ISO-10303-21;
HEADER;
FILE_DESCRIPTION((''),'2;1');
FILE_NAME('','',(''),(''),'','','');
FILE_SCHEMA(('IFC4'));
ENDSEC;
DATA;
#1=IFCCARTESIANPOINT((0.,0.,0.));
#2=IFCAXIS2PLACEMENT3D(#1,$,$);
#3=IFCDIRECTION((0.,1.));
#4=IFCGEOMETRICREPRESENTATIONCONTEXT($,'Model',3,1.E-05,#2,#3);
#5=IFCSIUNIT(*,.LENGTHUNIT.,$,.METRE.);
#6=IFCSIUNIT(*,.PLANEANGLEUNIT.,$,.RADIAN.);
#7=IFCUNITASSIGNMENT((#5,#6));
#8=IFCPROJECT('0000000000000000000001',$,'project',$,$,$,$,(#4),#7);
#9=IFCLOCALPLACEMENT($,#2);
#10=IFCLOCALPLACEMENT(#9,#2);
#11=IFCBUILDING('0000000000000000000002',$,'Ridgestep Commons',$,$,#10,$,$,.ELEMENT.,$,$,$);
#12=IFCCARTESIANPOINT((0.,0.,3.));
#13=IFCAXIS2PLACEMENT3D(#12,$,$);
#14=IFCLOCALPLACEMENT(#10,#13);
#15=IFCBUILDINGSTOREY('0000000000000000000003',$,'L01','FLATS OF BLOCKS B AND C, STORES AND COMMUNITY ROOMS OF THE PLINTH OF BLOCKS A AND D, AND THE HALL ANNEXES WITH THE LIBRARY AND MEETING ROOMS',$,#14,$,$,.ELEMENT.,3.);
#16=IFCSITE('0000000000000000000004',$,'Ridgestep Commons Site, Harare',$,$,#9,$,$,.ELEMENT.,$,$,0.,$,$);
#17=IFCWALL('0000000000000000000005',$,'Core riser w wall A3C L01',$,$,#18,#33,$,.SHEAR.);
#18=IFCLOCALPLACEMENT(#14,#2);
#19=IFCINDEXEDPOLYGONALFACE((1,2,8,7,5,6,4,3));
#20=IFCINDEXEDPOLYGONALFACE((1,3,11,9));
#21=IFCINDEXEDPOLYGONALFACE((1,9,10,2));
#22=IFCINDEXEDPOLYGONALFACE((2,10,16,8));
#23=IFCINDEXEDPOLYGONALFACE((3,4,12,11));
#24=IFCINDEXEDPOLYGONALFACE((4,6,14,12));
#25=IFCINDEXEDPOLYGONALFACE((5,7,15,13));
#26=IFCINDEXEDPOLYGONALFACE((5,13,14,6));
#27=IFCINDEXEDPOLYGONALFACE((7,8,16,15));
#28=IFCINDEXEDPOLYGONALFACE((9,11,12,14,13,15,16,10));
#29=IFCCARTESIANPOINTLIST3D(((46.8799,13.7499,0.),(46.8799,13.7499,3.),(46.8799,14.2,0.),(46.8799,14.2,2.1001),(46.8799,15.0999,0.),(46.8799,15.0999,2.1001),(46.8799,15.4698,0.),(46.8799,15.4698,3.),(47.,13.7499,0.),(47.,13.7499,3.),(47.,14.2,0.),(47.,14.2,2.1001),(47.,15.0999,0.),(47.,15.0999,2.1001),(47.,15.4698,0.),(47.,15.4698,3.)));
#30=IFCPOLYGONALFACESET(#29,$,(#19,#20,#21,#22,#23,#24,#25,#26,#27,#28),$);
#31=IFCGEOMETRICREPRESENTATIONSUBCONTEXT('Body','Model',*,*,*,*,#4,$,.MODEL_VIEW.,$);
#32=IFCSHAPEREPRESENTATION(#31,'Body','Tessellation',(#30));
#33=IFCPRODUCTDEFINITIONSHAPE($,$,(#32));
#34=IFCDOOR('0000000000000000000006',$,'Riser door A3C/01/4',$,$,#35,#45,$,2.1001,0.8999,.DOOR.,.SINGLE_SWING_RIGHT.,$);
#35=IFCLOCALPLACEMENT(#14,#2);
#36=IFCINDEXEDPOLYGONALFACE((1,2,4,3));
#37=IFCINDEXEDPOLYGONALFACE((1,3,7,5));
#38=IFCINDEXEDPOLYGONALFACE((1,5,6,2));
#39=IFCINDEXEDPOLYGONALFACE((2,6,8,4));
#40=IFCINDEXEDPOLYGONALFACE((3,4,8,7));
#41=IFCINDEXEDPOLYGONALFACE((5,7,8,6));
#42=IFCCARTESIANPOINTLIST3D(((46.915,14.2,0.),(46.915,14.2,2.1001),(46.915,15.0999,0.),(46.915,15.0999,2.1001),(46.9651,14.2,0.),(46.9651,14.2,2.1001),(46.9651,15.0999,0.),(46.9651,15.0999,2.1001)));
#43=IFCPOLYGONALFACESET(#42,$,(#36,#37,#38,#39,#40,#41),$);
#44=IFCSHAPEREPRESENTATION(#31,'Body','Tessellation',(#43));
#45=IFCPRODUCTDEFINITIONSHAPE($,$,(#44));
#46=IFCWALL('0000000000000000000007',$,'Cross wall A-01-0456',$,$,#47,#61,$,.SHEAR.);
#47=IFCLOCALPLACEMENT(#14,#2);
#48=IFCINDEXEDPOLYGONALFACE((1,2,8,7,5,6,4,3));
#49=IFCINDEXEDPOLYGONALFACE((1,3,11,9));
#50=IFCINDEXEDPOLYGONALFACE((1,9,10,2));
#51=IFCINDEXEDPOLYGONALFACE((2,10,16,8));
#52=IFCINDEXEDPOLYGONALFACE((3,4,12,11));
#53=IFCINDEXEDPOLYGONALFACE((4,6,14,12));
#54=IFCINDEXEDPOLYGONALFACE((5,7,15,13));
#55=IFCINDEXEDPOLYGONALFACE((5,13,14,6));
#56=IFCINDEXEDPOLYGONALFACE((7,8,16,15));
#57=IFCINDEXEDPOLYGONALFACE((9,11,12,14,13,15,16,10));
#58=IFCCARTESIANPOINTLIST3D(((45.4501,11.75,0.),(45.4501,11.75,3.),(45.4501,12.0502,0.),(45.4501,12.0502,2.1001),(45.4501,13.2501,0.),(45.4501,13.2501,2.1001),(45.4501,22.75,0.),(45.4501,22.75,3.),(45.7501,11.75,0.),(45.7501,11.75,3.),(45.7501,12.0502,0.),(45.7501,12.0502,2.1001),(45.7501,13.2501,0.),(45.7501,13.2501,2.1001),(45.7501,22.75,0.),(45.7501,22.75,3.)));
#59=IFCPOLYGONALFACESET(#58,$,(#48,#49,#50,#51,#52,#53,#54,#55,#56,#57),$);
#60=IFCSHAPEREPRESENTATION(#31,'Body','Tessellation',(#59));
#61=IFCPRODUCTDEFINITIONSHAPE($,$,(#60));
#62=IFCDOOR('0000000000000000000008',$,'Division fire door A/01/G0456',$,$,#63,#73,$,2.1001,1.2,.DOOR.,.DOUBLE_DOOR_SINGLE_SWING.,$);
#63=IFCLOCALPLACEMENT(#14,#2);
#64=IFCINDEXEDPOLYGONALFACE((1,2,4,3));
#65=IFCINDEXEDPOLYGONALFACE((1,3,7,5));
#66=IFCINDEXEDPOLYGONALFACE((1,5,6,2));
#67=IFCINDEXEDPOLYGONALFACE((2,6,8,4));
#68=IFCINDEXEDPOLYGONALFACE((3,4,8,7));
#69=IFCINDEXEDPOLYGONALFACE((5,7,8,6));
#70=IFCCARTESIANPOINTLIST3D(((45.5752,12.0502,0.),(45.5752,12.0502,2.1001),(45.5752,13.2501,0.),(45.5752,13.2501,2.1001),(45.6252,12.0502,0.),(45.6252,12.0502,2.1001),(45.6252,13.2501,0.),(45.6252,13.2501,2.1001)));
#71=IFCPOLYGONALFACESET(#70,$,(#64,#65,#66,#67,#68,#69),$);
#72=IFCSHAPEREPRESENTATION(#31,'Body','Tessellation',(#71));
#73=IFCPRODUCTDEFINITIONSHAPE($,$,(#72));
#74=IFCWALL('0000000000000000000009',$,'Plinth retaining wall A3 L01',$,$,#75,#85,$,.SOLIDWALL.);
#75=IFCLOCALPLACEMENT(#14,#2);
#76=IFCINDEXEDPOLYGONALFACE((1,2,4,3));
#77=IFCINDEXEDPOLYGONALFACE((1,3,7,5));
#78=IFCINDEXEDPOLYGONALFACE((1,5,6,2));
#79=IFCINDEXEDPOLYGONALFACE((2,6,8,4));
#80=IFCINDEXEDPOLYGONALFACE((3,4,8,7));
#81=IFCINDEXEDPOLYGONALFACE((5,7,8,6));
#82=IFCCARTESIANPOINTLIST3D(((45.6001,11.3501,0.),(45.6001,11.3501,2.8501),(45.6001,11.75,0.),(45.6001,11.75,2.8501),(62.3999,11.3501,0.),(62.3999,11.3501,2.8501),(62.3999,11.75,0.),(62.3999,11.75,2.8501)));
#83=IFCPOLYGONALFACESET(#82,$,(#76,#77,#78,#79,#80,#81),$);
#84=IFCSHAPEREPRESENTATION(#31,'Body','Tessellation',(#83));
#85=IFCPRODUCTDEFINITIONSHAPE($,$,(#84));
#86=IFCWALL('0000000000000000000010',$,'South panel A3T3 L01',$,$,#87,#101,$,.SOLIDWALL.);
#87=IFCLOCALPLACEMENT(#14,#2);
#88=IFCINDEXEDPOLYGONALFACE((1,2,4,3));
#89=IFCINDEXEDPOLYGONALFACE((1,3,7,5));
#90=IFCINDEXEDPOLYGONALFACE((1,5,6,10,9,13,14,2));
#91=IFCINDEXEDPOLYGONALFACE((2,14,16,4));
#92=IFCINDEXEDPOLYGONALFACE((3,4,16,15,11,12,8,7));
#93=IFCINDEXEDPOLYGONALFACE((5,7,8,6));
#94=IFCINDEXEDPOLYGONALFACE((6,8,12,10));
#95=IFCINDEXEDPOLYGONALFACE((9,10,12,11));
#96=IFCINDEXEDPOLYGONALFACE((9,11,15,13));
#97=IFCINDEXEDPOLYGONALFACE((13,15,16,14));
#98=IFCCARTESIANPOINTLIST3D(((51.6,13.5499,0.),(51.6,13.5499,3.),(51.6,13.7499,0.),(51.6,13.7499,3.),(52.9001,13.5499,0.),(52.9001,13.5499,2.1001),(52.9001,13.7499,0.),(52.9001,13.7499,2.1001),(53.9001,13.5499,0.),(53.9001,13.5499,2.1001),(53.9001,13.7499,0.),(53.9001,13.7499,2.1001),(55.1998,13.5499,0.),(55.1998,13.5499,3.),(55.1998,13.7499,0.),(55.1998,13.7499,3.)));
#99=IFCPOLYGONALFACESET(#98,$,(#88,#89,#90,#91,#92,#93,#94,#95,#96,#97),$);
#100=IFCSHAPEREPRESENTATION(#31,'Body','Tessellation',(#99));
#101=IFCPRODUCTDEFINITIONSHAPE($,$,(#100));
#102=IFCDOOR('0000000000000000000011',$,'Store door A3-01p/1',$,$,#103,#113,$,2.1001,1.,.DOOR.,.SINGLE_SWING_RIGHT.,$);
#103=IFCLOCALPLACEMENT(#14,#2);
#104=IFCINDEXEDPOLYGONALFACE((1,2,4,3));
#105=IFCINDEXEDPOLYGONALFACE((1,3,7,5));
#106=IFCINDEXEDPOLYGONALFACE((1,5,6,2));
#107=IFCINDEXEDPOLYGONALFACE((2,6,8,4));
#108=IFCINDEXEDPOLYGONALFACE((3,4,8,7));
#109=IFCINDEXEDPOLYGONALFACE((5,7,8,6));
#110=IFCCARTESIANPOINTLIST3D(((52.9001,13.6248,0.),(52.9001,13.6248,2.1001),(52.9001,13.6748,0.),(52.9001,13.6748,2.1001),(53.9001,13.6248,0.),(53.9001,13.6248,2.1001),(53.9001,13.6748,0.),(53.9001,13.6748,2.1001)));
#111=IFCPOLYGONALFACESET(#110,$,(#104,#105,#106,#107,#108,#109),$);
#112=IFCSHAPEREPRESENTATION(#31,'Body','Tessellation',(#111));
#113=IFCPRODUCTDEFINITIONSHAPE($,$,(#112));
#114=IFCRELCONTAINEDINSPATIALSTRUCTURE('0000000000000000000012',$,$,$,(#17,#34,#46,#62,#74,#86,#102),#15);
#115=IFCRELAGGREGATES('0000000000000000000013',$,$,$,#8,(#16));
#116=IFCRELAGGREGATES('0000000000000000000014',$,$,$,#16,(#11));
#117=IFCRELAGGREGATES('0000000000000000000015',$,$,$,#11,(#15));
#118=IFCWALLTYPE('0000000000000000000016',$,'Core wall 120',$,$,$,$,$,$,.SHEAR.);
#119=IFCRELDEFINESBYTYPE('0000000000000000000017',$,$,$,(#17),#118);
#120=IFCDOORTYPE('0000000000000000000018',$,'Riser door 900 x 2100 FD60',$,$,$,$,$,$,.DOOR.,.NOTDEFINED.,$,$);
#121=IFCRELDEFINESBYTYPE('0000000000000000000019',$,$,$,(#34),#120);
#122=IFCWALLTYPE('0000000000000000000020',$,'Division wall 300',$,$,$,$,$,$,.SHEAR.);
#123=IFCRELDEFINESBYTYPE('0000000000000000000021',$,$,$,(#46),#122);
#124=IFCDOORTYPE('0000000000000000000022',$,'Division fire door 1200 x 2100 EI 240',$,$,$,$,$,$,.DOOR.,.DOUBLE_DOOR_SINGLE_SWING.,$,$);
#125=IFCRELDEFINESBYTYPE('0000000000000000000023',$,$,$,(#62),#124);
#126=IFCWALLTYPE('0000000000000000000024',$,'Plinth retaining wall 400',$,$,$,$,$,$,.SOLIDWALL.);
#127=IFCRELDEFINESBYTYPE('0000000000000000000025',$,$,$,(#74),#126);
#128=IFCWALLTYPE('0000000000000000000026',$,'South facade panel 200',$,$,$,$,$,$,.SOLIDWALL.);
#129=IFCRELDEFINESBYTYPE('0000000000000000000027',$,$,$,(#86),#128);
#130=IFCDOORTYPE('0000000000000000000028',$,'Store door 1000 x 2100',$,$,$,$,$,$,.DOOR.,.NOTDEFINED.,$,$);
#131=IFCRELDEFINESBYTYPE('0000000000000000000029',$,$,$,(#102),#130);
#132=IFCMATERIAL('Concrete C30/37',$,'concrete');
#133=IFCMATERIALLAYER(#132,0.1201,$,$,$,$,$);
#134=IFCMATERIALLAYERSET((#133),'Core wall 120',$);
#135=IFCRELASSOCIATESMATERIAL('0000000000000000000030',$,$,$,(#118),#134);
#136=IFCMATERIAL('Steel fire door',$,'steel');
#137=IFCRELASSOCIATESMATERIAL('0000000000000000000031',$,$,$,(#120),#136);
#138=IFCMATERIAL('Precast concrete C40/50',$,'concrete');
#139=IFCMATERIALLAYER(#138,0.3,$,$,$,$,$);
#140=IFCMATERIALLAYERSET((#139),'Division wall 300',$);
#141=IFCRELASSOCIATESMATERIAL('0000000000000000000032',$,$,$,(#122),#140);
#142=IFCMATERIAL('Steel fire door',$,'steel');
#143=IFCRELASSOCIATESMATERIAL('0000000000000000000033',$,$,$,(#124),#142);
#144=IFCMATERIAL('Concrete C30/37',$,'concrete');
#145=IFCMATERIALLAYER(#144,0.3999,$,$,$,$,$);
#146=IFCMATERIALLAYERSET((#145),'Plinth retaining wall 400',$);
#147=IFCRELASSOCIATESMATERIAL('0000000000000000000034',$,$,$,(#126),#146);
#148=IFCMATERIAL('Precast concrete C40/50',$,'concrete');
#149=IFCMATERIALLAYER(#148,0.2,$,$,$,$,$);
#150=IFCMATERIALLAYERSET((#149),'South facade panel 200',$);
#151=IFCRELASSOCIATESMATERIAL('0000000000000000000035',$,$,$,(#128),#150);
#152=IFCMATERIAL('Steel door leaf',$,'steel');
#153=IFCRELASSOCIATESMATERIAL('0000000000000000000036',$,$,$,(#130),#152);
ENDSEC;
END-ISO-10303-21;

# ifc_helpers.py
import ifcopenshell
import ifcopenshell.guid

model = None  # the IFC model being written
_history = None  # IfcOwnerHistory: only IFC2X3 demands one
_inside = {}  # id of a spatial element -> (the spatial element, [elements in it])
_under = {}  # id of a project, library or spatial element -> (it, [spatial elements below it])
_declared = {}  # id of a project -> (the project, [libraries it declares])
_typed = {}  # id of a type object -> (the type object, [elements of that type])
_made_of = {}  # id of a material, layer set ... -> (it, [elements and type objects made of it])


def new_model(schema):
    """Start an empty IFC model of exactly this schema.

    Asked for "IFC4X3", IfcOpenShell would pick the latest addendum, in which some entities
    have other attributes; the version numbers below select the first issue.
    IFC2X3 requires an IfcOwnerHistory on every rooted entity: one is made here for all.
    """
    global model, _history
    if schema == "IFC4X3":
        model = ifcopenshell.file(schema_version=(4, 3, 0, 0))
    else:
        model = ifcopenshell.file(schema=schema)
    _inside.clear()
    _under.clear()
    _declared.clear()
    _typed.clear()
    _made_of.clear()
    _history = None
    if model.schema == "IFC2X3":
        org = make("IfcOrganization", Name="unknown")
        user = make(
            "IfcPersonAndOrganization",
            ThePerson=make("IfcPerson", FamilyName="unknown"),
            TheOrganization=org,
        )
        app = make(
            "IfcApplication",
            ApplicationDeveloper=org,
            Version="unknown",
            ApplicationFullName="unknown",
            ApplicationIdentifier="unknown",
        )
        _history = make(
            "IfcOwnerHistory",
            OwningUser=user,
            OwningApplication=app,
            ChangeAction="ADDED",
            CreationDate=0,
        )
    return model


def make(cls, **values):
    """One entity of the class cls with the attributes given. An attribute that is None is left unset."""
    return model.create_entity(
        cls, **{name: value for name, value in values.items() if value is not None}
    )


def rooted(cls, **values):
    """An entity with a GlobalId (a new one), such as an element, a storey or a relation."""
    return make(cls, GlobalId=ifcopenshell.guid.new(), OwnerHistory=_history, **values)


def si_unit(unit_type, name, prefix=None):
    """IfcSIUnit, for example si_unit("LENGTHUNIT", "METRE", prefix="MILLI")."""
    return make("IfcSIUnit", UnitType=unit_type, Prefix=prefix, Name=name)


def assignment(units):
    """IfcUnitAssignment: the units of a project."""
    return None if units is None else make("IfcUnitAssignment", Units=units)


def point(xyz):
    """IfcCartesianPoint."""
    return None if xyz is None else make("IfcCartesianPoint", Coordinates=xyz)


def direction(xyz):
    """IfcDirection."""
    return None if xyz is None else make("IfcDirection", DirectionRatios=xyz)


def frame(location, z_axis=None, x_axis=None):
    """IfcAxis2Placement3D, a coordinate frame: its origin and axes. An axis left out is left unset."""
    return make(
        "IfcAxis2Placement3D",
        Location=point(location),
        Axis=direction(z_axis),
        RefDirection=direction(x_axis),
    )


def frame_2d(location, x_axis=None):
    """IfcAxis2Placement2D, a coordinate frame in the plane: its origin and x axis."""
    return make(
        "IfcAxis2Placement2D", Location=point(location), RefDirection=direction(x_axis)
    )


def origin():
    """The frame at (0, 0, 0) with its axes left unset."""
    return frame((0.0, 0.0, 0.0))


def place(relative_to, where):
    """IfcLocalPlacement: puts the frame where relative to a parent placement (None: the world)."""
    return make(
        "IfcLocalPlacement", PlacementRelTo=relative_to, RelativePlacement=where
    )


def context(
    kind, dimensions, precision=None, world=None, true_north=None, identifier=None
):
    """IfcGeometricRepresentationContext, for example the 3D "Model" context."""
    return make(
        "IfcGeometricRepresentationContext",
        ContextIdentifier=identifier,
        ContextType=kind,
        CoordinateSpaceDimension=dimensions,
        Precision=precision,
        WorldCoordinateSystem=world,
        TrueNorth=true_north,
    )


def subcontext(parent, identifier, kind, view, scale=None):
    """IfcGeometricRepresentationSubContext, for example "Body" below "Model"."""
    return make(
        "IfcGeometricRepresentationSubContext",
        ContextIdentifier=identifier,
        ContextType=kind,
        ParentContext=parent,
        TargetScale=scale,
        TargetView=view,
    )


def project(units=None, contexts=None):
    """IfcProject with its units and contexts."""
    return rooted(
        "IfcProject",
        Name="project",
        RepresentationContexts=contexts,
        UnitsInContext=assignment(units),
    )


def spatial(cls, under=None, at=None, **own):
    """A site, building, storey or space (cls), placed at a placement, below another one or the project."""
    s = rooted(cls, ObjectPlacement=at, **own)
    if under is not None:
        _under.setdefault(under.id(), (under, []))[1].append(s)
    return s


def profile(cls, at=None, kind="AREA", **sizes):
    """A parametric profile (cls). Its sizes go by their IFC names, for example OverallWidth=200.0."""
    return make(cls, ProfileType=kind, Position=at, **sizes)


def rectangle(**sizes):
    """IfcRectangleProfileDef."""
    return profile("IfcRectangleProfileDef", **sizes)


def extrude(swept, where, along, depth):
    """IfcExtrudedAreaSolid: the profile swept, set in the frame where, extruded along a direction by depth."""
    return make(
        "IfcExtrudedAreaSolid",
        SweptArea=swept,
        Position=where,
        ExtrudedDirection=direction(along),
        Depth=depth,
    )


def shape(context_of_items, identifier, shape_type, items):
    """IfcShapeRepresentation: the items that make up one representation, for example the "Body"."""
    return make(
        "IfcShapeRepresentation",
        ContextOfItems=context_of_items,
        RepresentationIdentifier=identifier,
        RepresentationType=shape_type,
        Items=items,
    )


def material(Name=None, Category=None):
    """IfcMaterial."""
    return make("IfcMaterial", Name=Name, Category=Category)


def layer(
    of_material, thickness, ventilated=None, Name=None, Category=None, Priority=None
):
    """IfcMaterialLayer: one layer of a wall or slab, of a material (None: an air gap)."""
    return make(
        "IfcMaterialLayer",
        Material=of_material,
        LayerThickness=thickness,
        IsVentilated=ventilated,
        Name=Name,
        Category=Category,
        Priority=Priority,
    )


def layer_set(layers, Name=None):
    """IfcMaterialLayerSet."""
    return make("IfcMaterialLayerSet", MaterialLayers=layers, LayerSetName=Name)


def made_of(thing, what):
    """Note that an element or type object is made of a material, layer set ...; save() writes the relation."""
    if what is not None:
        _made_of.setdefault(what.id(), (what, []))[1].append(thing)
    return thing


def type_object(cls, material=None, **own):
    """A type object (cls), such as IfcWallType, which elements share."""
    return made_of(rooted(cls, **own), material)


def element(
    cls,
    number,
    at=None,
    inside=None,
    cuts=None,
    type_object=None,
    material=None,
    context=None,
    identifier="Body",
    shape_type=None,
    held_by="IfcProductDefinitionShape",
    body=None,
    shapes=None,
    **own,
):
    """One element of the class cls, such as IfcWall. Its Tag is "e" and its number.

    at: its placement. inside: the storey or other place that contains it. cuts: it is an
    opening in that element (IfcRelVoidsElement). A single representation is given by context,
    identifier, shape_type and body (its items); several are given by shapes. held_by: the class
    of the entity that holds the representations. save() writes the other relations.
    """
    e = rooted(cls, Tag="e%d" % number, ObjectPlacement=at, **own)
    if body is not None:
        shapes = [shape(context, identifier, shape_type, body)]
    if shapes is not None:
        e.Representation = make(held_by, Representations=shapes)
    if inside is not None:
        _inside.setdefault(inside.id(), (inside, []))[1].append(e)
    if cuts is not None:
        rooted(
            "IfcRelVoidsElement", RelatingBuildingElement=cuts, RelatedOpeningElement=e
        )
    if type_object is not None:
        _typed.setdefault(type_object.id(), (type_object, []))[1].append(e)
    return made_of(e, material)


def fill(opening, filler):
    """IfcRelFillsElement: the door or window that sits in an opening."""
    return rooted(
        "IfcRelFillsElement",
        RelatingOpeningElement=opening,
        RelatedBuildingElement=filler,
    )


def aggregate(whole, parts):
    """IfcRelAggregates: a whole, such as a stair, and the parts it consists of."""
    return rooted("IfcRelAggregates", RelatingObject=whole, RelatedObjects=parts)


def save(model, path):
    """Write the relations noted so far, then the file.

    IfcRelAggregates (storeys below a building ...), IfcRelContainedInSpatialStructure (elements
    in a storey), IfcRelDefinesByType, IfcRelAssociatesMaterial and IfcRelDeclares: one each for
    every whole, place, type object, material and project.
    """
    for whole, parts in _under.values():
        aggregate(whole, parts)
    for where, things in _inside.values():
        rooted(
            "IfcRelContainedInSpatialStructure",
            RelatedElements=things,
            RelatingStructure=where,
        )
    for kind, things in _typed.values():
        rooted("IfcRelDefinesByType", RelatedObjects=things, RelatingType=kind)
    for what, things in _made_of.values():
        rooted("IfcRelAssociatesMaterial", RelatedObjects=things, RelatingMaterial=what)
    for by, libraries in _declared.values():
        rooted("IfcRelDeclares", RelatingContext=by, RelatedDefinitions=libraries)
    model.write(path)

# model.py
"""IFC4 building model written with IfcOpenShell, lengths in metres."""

from ifc_helpers import new_model, si_unit, direction, frame, frame_2d, origin, place, context, subcontext, project, spatial, rectangle, extrude, material, layer, layer_set, type_object, element, fill, save


model = new_model("IFC4")

# Units and contexts
model_context = context("Model", 3, precision=1e-05, world=origin(), true_north=direction((0.0, 1.0)))
body_context = subcontext(model_context, "Body", "Model", "MODEL_VIEW")
ifc_project = project(units=[si_unit("LENGTHUNIT", "METRE"), si_unit("PLANEANGLEUNIT", "RADIAN")], contexts=[model_context])

# Site, building, storey
site_placement = place(None, origin())
site = spatial("IfcSite", under=ifc_project, at=site_placement, Name="Ridgestep Commons Site, Harare", CompositionType="ELEMENT", RefElevation=0.0)
building_placement = place(site_placement, origin())
building = spatial("IfcBuilding", under=site, at=building_placement, Name="Ridgestep Commons", CompositionType="ELEMENT")
storey_placement = place(building_placement, frame((0.0, 0.0, 3.0)))
storey = spatial("IfcBuildingStorey", under=building, at=storey_placement, Name="L01", Description="FLATS OF BLOCKS B AND C, STORES AND COMMUNITY ROOMS OF THE PLINTH OF BLOCKS A AND D, AND THE HALL ANNEXES WITH THE LIBRARY AND MEETING ROOMS", CompositionType="ELEMENT", Elevation=3.0)

# Walls, openings, doors
ifc_material_1 = material(Name="Concrete C30/37", Category="concrete")
ifc_layer_1 = layer(ifc_material_1, 0.1201)
ifc_layer_set_1 = layer_set([ifc_layer_1], Name="Core wall 120")
wall_type_1 = type_object("IfcWallType", Name="Core wall 120", PredefinedType="SHEAR", material=ifc_layer_set_1)
ifc_material_2 = material(Name="Steel fire door", Category="steel")
door_type_1 = type_object("IfcDoorType", Name="Riser door 900 x 2100 FD60", OperationType="NOTDEFINED", PredefinedType="DOOR", material=ifc_material_2)
wall_1_placement = place(storey_placement, frame((46.9399, 13.75, 0.0), z_axis=(0.0, 0.0, 1.0), x_axis=(0.0, 1.0, 0.0)))
wall_1 = element("IfcWall", 1, at=wall_1_placement, inside=storey, type_object=wall_type_1, Name="Core riser w wall A3C L01", PredefinedType="SHEAR", context=body_context, shape_type="SweptSolid", body=[
    extrude(rectangle(XDim=1.72, YDim=0.1201, at=frame_2d((0.8599, 0.0))), origin(), (0.0, 0.0, 1.0), 3.0),
])
opening_1_placement = place(wall_1_placement, frame((0.45, 0.0, 0.0)))
opening_1 = element("IfcOpeningElement", 2, at=opening_1_placement, cuts=wall_1, PredefinedType="OPENING", context=body_context, shape_type="SweptSolid", body=[
    extrude(rectangle(XDim=0.8999, YDim=2.1001, at=frame_2d((0.45, 1.05))), frame((0.0, 0.0701, 0.0), z_axis=(0.0, -1.0, 0.0), x_axis=(1.0, 0.0, 0.0)), (0.0, 0.0, 1.0), 0.1401),
])
door_1_placement = place(opening_1_placement, origin())
door_1 = element("IfcDoor", 3, at=door_1_placement, inside=storey, type_object=door_type_1, Name="Riser door A3C/01/4", OperationType="SINGLE_SWING_RIGHT", OverallHeight=2.1001, OverallWidth=0.8999, PredefinedType="DOOR", context=body_context, shape_type="SweptSolid", body=[
    extrude(rectangle(XDim=0.8999, YDim=2.1001, at=frame_2d((0.45, 1.05))), frame((0.0, 0.0249, 0.0), z_axis=(0.0, -1.0, 0.0), x_axis=(1.0, 0.0, 0.0)), (0.0, 0.0, 1.0), 0.05),
])
fill(opening_1, door_1)
ifc_material_3 = material(Name="Precast concrete C40/50", Category="concrete")
ifc_layer_2 = layer(ifc_material_3, 0.3)
ifc_layer_set_2 = layer_set([ifc_layer_2], Name="Division wall 300")
wall_type_2 = type_object("IfcWallType", Name="Division wall 300", PredefinedType="SHEAR", material=ifc_layer_set_2)
wall_2_placement = place(storey_placement, frame((45.6001, 11.75, 0.0), z_axis=(0.0, 0.0, 1.0), x_axis=(0.0, 1.0, 0.0)))
wall_2 = element("IfcWall", 4, at=wall_2_placement, inside=storey, type_object=wall_type_2, Name="Cross wall A-01-0456", PredefinedType="SHEAR", context=body_context, shape_type="SweptSolid", body=[
    extrude(rectangle(XDim=11.0, YDim=0.3, at=frame_2d((5.5, 0.0))), origin(), (0.0, 0.0, 1.0), 3.0),
])
opening_2_placement = place(wall_2_placement, frame((0.3, 0.0, 0.0)))
opening_2 = element("IfcOpeningElement", 5, at=opening_2_placement, cuts=wall_2, PredefinedType="OPENING", context=body_context, shape_type="SweptSolid", body=[
    extrude(rectangle(XDim=1.2, YDim=2.1001, at=frame_2d((0.6001, 1.05))), frame((0.0, 0.1599, 0.0), z_axis=(0.0, -1.0, 0.0), x_axis=(1.0, 0.0, 0.0)), (0.0, 0.0, 1.0), 0.3201),
])
ifc_material_4 = material(Name="Steel fire door", Category="steel")
door_type_2 = type_object("IfcDoorType", Name="Division fire door 1200 x 2100 EI 240", OperationType="DOUBLE_DOOR_SINGLE_SWING", PredefinedType="DOOR", material=ifc_material_4)
door_2_placement = place(opening_2_placement, origin())
door_2 = element("IfcDoor", 6, at=door_2_placement, inside=storey, type_object=door_type_2, Name="Division fire door A/01/G0456", OperationType="DOUBLE_DOOR_SINGLE_SWING", OverallHeight=2.1001, OverallWidth=1.2, PredefinedType="DOOR", context=body_context, shape_type="SweptSolid", body=[
    extrude(rectangle(XDim=1.2, YDim=2.1001, at=frame_2d((0.6001, 1.05))), frame((0.0, 0.0249, 0.0), z_axis=(0.0, -1.0, 0.0), x_axis=(1.0, 0.0, 0.0)), (0.0, 0.0, 1.0), 0.05),
])
fill(opening_2, door_2)

# Wall
ifc_material_5 = material(Name="Concrete C30/37", Category="concrete")
ifc_layer_3 = layer(ifc_material_5, 0.3999)
ifc_layer_set_3 = layer_set([ifc_layer_3], Name="Plinth retaining wall 400")
wall_type_3 = type_object("IfcWallType", Name="Plinth retaining wall 400", PredefinedType="SOLIDWALL", material=ifc_layer_set_3)
wall_3_placement = place(storey_placement, frame((45.6001, 11.55, 0.0), z_axis=(0.0, 0.0, 1.0), x_axis=(1.0, 0.0, 0.0)))
element("IfcWall", 7, at=wall_3_placement, inside=storey, type_object=wall_type_3, Name="Plinth retaining wall A3 L01", PredefinedType="SOLIDWALL", context=body_context, shape_type="SweptSolid", body=[
    extrude(rectangle(XDim=16.7998, YDim=0.3999, at=frame_2d((8.3999, 0.0))), origin(), (0.0, 0.0, 1.0), 2.8501),
])

# Wall, opening, door
ifc_material_6 = material(Name="Precast concrete C40/50", Category="concrete")
ifc_layer_4 = layer(ifc_material_6, 0.2)
ifc_layer_set_4 = layer_set([ifc_layer_4], Name="South facade panel 200")
wall_type_4 = type_object("IfcWallType", Name="South facade panel 200", PredefinedType="SOLIDWALL", material=ifc_layer_set_4)
wall_4_placement = place(storey_placement, frame((51.6001, 13.6499, 0.0), z_axis=(0.0, 0.0, 1.0), x_axis=(1.0, 0.0, 0.0)))
wall_4 = element("IfcWall", 8, at=wall_4_placement, inside=storey, type_object=wall_type_4, Name="South panel A3T3 L01", PredefinedType="SOLIDWALL", context=body_context, shape_type="SweptSolid", body=[
    extrude(rectangle(XDim=3.5999, YDim=0.2, at=frame_2d((1.7998, 0.0))), origin(), (0.0, 0.0, 1.0), 3.0),
])
opening_3_placement = place(wall_4_placement, frame((1.3, 0.0, 0.0)))
opening_3 = element("IfcOpeningElement", 9, at=opening_3_placement, cuts=wall_4, PredefinedType="OPENING", context=body_context, shape_type="SweptSolid", body=[
    extrude(rectangle(XDim=1.0, YDim=2.1001, at=frame_2d((0.5, 1.05))), frame((0.0, 0.1099, 0.0), z_axis=(0.0, -1.0, 0.0), x_axis=(1.0, 0.0, 0.0)), (0.0, 0.0, 1.0), 0.22),
])
ifc_material_7 = material(Name="Steel door leaf", Category="steel")
door_type_3 = type_object("IfcDoorType", Name="Store door 1000 x 2100", OperationType="NOTDEFINED", PredefinedType="DOOR", material=ifc_material_7)
door_3_placement = place(opening_3_placement, origin())
door_3 = element("IfcDoor", 10, at=door_3_placement, inside=storey, type_object=door_type_3, Name="Store door A3-01p/1", OperationType="SINGLE_SWING_RIGHT", OverallHeight=2.1001, OverallWidth=1.0, PredefinedType="DOOR", context=body_context, shape_type="SweptSolid", body=[
    extrude(rectangle(XDim=1.0, YDim=2.1001, at=frame_2d((0.5, 1.05))), frame((0.0, 0.0249, 0.0), z_axis=(0.0, -1.0, 0.0), x_axis=(1.0, 0.0, 0.0)), (0.0, 0.0, 1.0), 0.05),
])
fill(opening_3, door_3)

save(model, "model.ifc")
